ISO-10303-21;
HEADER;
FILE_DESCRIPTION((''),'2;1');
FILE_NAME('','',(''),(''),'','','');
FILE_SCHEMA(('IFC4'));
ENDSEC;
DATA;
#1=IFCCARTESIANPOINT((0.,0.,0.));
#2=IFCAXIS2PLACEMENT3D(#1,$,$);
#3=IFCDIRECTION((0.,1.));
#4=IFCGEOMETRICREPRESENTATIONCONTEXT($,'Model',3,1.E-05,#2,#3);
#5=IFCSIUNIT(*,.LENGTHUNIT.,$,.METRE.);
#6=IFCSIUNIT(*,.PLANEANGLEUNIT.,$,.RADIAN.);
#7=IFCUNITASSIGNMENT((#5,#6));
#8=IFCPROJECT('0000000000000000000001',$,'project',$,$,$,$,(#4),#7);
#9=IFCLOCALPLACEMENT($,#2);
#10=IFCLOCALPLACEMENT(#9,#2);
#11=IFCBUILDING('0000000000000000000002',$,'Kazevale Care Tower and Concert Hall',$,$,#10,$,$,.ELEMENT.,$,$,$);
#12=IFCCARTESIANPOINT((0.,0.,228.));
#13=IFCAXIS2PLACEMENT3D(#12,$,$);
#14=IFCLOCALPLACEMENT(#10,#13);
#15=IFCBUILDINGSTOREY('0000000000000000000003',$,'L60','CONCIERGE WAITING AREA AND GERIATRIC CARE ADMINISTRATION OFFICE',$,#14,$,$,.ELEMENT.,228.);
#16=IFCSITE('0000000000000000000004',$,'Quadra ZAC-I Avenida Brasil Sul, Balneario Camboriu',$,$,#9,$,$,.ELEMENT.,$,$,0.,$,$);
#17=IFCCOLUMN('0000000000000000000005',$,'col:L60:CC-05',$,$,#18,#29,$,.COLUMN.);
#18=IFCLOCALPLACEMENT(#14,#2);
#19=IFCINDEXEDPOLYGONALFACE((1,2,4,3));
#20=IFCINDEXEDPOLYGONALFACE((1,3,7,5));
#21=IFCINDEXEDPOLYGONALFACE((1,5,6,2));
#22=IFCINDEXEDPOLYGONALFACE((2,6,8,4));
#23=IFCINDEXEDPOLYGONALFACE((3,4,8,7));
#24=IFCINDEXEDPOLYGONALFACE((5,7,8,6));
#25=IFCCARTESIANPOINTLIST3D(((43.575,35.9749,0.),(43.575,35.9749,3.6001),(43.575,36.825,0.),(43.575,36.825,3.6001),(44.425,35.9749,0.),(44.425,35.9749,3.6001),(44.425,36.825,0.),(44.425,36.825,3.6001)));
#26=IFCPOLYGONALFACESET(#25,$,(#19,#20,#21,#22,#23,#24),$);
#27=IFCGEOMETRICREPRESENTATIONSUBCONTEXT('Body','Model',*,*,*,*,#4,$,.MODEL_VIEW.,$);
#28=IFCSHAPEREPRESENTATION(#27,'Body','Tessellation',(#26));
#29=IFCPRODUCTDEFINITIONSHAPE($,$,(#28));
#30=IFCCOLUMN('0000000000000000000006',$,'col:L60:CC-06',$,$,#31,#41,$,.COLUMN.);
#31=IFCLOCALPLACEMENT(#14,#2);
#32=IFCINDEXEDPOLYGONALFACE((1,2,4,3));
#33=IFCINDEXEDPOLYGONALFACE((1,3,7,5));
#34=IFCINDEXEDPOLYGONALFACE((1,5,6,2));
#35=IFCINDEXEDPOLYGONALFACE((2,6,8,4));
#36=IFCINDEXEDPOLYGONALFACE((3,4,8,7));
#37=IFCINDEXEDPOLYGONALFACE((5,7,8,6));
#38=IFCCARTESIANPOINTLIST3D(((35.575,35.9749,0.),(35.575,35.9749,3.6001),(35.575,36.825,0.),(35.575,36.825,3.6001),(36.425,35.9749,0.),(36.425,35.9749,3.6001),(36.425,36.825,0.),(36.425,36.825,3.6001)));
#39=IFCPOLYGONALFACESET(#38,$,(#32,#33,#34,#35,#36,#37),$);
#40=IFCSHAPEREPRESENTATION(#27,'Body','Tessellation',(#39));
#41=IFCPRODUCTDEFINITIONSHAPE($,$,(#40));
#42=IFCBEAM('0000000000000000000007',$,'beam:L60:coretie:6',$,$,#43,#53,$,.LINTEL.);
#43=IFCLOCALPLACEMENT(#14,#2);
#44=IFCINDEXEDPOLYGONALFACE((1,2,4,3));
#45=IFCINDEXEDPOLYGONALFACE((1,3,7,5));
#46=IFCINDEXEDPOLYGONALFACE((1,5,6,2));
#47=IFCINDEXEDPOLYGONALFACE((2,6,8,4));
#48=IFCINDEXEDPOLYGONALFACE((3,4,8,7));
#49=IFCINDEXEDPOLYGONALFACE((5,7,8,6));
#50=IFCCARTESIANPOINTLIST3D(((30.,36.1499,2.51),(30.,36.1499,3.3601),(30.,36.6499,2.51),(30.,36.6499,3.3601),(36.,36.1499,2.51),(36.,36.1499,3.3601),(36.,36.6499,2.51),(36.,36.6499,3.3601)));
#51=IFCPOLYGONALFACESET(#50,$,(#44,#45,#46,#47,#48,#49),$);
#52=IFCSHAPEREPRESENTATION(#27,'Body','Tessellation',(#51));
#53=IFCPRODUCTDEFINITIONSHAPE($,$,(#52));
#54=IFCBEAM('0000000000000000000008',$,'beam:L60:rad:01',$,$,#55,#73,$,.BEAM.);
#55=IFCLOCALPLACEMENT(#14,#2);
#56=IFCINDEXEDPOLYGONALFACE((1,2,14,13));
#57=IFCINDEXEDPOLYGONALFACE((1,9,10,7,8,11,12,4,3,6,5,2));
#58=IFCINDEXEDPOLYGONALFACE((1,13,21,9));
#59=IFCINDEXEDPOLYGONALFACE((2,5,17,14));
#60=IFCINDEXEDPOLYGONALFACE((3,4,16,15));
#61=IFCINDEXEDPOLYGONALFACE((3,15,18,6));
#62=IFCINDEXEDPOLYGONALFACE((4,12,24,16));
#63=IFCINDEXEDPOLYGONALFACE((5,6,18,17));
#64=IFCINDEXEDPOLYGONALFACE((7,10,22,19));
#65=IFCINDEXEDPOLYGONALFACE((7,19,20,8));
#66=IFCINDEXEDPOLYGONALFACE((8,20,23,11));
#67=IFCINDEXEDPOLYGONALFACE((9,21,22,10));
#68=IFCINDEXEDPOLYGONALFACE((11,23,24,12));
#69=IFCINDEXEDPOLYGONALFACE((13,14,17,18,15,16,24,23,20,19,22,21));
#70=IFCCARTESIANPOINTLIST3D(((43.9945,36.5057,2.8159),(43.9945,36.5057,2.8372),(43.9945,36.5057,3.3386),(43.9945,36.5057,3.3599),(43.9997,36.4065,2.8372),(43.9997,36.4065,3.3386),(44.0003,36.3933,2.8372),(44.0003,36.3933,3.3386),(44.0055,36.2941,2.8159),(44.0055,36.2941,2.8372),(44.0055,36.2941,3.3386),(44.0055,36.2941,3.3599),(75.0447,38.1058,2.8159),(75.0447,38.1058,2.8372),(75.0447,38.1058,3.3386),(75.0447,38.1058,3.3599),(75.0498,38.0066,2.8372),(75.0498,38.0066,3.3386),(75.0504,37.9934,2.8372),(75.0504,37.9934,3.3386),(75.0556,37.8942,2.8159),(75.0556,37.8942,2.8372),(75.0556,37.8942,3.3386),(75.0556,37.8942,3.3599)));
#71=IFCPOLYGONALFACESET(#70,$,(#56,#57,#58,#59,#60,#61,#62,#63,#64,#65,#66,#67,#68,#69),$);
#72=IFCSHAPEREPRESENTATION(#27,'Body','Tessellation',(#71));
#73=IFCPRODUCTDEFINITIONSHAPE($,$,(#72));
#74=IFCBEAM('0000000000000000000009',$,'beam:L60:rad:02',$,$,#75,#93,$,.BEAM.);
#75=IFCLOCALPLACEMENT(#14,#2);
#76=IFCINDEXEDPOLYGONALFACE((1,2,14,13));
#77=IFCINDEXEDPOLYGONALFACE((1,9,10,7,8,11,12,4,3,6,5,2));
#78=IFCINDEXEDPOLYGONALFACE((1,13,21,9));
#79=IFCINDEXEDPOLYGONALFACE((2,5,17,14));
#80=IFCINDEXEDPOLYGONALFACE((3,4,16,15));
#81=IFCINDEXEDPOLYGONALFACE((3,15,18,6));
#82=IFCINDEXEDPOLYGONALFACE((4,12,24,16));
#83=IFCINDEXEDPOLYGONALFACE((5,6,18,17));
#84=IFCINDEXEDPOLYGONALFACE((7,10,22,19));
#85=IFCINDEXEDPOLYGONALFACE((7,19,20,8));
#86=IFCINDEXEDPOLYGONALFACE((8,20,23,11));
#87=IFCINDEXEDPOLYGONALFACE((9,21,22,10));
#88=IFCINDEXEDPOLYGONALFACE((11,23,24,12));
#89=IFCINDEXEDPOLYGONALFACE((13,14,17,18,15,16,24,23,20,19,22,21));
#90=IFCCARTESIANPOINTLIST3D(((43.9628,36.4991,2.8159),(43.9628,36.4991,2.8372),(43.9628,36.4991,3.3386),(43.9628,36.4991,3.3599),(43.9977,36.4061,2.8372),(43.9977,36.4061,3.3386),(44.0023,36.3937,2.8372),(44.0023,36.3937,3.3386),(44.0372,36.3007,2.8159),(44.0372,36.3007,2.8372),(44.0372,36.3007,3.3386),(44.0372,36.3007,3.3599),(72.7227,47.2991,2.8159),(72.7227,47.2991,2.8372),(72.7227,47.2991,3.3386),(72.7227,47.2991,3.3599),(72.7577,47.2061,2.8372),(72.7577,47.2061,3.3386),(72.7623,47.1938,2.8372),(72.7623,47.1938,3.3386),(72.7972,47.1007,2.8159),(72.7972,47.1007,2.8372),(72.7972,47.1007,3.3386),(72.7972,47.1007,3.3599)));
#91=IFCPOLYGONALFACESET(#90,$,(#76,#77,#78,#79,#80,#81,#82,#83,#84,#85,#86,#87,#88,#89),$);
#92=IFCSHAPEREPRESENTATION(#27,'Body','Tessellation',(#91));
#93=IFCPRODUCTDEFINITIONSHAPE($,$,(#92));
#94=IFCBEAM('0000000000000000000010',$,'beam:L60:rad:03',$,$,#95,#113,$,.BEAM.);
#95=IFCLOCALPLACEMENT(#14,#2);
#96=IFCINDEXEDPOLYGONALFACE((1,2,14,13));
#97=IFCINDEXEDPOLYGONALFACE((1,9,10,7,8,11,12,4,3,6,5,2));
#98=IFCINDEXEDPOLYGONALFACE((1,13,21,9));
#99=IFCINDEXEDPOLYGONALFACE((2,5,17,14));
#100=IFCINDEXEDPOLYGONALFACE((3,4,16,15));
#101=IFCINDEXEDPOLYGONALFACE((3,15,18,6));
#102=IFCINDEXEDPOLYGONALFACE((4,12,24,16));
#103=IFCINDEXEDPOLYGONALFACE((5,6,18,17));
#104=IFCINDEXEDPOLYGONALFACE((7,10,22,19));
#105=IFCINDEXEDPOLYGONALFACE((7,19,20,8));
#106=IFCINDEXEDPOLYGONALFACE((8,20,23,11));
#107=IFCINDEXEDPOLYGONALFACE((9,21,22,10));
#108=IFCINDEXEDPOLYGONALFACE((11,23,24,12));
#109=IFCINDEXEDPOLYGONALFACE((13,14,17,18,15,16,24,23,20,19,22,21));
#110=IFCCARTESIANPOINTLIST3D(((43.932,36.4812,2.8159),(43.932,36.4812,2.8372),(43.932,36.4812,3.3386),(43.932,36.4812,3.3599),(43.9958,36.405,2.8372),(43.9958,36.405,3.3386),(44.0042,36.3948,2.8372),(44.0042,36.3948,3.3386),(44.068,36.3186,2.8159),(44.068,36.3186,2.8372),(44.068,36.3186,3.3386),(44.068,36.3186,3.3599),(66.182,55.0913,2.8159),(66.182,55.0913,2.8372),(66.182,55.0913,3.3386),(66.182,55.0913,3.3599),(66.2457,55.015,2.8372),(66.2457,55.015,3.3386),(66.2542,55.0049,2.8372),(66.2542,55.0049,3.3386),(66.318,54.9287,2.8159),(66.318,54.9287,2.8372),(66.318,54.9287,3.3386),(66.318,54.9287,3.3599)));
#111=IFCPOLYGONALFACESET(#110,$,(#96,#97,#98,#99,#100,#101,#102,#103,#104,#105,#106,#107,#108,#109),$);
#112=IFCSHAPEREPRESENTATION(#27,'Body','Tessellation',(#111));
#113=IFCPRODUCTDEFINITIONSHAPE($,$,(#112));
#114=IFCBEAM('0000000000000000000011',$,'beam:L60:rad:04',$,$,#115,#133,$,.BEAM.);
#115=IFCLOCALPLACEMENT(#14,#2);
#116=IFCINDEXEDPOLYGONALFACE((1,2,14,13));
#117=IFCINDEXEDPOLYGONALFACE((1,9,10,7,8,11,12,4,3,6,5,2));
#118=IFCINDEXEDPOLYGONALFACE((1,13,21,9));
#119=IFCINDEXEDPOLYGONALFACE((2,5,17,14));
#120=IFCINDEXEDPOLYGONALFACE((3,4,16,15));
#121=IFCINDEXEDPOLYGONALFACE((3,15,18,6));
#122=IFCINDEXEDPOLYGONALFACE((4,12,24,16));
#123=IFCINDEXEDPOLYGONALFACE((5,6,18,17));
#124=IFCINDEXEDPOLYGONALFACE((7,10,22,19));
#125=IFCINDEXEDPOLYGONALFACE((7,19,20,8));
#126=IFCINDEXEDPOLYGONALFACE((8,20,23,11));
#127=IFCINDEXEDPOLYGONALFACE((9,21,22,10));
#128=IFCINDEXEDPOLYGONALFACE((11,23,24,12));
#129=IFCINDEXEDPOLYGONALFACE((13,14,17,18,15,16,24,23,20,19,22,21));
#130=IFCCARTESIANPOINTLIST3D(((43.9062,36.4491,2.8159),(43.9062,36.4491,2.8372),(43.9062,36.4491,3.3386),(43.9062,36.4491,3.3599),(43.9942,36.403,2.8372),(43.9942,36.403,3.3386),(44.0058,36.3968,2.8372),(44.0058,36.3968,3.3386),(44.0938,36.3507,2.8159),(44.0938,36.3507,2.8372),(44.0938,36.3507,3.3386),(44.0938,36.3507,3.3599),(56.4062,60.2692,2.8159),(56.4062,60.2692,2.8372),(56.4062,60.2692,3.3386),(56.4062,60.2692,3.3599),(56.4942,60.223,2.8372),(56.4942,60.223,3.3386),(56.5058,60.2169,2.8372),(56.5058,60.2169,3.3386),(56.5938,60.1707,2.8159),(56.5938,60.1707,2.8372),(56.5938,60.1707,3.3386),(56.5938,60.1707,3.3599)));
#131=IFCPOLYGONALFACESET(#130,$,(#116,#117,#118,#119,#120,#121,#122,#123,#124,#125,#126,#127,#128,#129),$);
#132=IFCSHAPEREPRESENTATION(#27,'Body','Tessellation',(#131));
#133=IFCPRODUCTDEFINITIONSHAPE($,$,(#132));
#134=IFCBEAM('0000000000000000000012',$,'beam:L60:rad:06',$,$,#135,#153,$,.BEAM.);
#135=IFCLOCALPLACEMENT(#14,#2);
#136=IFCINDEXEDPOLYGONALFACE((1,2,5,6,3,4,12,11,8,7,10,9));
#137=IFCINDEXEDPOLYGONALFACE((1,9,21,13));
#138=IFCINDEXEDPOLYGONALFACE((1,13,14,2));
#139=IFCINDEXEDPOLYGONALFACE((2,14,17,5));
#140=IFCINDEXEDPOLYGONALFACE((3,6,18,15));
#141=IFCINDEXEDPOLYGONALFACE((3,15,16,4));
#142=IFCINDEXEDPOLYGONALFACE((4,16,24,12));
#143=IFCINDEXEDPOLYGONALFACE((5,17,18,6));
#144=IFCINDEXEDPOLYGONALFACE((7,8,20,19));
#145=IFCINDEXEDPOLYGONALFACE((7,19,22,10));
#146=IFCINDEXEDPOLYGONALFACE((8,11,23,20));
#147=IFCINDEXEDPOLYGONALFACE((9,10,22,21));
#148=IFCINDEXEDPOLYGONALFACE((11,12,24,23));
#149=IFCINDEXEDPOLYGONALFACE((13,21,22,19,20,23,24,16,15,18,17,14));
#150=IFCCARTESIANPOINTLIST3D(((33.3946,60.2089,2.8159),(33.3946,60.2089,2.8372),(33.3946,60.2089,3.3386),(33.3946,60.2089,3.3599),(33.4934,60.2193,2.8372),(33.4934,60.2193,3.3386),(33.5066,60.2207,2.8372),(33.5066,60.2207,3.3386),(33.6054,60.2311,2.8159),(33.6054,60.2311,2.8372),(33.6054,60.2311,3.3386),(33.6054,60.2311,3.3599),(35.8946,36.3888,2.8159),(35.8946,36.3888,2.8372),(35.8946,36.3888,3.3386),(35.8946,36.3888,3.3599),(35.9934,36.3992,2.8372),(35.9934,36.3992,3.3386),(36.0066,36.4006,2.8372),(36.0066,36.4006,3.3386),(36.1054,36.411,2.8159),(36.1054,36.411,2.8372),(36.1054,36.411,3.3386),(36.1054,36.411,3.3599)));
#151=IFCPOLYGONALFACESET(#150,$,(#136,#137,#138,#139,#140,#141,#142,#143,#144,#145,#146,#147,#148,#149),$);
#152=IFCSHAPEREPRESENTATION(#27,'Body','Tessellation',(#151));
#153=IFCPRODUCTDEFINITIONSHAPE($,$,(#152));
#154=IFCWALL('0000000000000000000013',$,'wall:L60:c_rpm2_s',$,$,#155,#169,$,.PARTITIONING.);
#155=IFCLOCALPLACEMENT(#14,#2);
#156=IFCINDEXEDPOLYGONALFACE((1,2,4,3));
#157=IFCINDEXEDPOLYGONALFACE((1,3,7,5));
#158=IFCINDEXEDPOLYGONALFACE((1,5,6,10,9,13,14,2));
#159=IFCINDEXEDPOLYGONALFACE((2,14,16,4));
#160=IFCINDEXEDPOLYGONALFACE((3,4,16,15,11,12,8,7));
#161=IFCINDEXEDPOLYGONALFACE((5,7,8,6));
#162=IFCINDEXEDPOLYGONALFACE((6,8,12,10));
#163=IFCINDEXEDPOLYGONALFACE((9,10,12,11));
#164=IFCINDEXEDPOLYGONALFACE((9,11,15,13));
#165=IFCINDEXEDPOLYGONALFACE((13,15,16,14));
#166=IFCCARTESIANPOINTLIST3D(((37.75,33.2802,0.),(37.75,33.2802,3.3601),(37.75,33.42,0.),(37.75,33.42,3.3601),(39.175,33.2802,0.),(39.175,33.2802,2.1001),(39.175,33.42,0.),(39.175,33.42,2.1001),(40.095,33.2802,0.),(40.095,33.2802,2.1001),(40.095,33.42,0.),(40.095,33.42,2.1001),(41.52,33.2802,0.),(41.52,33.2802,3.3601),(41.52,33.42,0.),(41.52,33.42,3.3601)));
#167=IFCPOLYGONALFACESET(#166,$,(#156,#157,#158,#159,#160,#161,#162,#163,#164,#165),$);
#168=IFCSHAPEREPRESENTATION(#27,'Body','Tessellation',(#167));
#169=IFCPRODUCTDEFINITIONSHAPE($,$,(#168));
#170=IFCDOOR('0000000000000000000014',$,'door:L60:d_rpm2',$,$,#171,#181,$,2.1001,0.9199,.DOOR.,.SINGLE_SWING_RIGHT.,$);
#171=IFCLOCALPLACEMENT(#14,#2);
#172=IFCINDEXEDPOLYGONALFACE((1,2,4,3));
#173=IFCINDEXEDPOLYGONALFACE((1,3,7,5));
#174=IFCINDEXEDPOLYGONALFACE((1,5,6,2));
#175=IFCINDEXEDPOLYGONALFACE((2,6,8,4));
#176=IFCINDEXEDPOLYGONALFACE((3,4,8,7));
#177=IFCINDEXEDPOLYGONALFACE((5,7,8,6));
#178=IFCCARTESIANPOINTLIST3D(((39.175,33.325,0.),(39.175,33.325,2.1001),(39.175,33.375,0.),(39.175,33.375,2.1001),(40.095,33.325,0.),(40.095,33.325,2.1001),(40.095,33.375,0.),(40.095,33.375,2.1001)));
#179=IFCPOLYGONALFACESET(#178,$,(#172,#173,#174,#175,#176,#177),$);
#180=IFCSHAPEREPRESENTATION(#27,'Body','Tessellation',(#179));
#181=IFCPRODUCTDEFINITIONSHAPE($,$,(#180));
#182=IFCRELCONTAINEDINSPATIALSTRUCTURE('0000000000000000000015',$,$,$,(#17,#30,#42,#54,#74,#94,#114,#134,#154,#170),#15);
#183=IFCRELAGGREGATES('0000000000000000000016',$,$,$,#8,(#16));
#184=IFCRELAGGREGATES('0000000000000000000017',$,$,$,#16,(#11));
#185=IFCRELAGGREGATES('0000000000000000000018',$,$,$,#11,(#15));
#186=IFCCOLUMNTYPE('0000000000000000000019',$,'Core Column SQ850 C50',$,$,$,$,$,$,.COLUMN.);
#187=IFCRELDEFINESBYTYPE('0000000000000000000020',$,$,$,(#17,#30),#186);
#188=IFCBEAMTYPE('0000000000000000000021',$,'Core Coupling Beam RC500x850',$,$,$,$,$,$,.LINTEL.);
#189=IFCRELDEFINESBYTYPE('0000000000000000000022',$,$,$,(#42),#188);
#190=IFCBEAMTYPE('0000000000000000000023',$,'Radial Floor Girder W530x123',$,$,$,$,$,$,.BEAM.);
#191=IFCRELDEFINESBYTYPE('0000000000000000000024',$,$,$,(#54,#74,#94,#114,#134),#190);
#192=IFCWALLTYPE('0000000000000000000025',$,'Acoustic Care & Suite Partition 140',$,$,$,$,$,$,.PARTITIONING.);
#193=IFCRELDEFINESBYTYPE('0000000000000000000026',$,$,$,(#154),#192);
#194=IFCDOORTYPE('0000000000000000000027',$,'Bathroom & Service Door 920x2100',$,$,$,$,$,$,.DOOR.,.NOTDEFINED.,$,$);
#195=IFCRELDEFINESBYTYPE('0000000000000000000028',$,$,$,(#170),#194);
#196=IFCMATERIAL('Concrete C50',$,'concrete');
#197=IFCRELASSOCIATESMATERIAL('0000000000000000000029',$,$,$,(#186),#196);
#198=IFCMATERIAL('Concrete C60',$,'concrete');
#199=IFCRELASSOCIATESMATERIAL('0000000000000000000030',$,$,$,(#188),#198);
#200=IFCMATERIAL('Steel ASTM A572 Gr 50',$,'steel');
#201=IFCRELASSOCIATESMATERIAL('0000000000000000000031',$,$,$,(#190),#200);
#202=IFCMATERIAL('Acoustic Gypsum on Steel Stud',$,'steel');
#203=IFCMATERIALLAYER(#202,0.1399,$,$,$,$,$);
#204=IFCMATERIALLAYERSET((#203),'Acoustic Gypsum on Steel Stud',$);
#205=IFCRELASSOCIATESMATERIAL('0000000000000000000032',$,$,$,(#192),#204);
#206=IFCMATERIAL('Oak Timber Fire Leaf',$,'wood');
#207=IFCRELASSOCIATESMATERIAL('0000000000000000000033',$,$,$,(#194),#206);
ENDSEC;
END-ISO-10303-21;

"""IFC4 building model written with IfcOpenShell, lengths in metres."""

from ifc_helpers import new_model, si_unit, direction, frame, frame_2d, origin, origin_2d, place, context, subcontext, project, spatial, rectangle, i_section, extrude, material, layer, layer_set, material_profile, profile_set, type_object, element, fill, save


model = new_model("IFC4")

# Units and contexts
model_context = context("Model", 3, precision=1e-05, world=origin(), true_north=direction((0.0, 1.0)))
body_context = subcontext(model_context, "Body", "Model", "MODEL_VIEW")
ifc_project = project(units=[si_unit("LENGTHUNIT", "METRE"), si_unit("PLANEANGLEUNIT", "RADIAN")], contexts=[model_context])

# Site, building, storey
site_placement = place(None, origin())
site = spatial("IfcSite", under=ifc_project, at=site_placement, Name="Quadra ZAC-I Avenida Brasil Sul, Balneario Camboriu", CompositionType="ELEMENT", RefElevation=0.0)
building_placement = place(site_placement, origin())
building = spatial("IfcBuilding", under=site, at=building_placement, Name="Kazevale Care Tower and Concert Hall", CompositionType="ELEMENT")
storey_placement = place(building_placement, frame((0.0, 0.0, 228.0)))
storey = spatial("IfcBuildingStorey", under=building, at=storey_placement, Name="L60", Description="CONCIERGE WAITING AREA AND GERIATRIC CARE ADMINISTRATION OFFICE", CompositionType="ELEMENT", Elevation=228.0)

# Columns
ifc_material_1 = material(Name="Concrete C50", Category="concrete")
ifc_material_profile_1 = material_profile(ifc_material_1, rectangle(XDim=0.8501, YDim=0.8501, at=origin_2d()), Name="RC-SQ850")
ifc_profile_set_1 = profile_set([ifc_material_profile_1], Name="Concrete C50")
column_type = type_object("IfcColumnType", Name="Core Column SQ850 C50", PredefinedType="COLUMN", material=ifc_profile_set_1)
for number, where, z_axis, x_axis, name in (
    (1, (44.0, 36.3999, 0.0), (0.0, 0.0, 1.0), (1.0, 0.0, 0.0), "col:L60:CC-05"),
    (2, (36.0, 36.3999, 0.0), (0.0, 0.0, 1.0), (1.0, 0.0, 0.0), "col:L60:CC-06"),
):
    element("IfcColumn", number, at=place(storey_placement, frame(where, z_axis=z_axis, x_axis=x_axis)), inside=storey, type_object=column_type, Name=name, PredefinedType="COLUMN", context=body_context, shape_type="SweptSolid", body=[
        extrude(rectangle(XDim=0.8501, YDim=0.8501, at=origin_2d()), origin(), (0.0, 0.0, 1.0), 3.6001),
    ])

# Beams
ifc_material_2 = material(Name="Concrete C60", Category="concrete")
ifc_material_profile_2 = material_profile(ifc_material_2, rectangle(XDim=0.5, YDim=0.8501, at=origin_2d()), Name="RC-B500x850")
ifc_profile_set_2 = profile_set([ifc_material_profile_2], Name="Concrete C60")
beam_type_1 = type_object("IfcBeamType", Name="Core Coupling Beam RC500x850", PredefinedType="LINTEL", material=ifc_profile_set_2)
beam_1_placement = place(storey_placement, frame((36.0, 36.3999, 2.9351), z_axis=(-1.0, 0.0, 0.0), x_axis=(0.0, -1.0, 0.0)))
element("IfcBeam", 3, at=beam_1_placement, inside=storey, type_object=beam_type_1, Name="beam:L60:coretie:6", PredefinedType="LINTEL", context=body_context, shape_type="SweptSolid", body=[
    extrude(rectangle(XDim=0.5, YDim=0.8501, at=origin_2d()), origin(), (0.0, 0.0, 1.0), 6.0),
])
ifc_material_3 = material(Name="Steel ASTM A572 Gr 50", Category="steel")
ifc_material_profile_3 = material_profile(ifc_material_3, i_section(OverallWidth=0.2119, OverallDepth=0.5439, WebThickness=0.0132, FlangeThickness=0.0212, at=origin_2d()), Name="W530x123")
ifc_profile_set_3 = profile_set([ifc_material_profile_3], Name="Steel ASTM A572 Gr 50")
beam_type_2 = type_object("IfcBeamType", Name="Radial Floor Girder W530x123", PredefinedType="BEAM", material=ifc_profile_set_3)
beam_2_placement = place(storey_placement, frame((44.0, 36.3999, 3.0879), z_axis=(0.998675, 0.051465, 0.0), x_axis=(-0.051465, 0.998675, 0.0)))
element("IfcBeam", 4, at=beam_2_placement, inside=storey, type_object=beam_type_2, Name="beam:L60:rad:01", PredefinedType="BEAM", context=body_context, shape_type="SweptSolid", body=[
    extrude(i_section(OverallWidth=0.2119, OverallDepth=0.5439, WebThickness=0.0132, FlangeThickness=0.0212, at=origin_2d()), origin(), (0.0, 0.0, 1.0), 31.0913),
])
beam_3_placement = place(storey_placement, frame((44.0, 36.3999, 3.0879), z_axis=(0.936168, 0.351553, 0.0), x_axis=(-0.351553, 0.936168, 0.0)))
element("IfcBeam", 5, at=beam_3_placement, inside=storey, type_object=beam_type_2, Name="beam:L60:rad:02", PredefinedType="BEAM", context=body_context, shape_type="SweptSolid", body=[
    extrude(i_section(OverallWidth=0.2119, OverallDepth=0.5439, WebThickness=0.0132, FlangeThickness=0.0212, at=origin_2d()), origin(), (0.0, 0.0, 1.0), 30.7209),
])
beam_4_placement = place(storey_placement, frame((44.0, 36.3999, 3.0879), z_axis=(0.76706, 0.641576, 0.0), x_axis=(-0.641576, 0.76706, 0.0)))
element("IfcBeam", 6, at=beam_4_placement, inside=storey, type_object=beam_type_2, Name="beam:L60:rad:03", PredefinedType="BEAM", context=body_context, shape_type="SweptSolid", body=[
    extrude(i_section(OverallWidth=0.2119, OverallDepth=0.5439, WebThickness=0.0132, FlangeThickness=0.0212, at=origin_2d()), origin(), (0.0, 0.0, 1.0), 29.0068),
])
beam_5_placement = place(storey_placement, frame((44.0, 36.3999, 3.0879), z_axis=(0.464673, 0.885483, 0.0), x_axis=(-0.885483, 0.464673, 0.0)))
element("IfcBeam", 7, at=beam_5_placement, inside=storey, type_object=beam_type_2, Name="beam:L60:rad:04", PredefinedType="BEAM", context=body_context, shape_type="SweptSolid", body=[
    extrude(i_section(OverallWidth=0.2119, OverallDepth=0.5439, WebThickness=0.0132, FlangeThickness=0.0212, at=origin_2d()), origin(), (0.0, 0.0, 1.0), 26.9006),
])
beam_6_placement = place(storey_placement, frame((36.0, 36.3999, 3.0879), z_axis=(-0.10438, 0.994537, 0.0), x_axis=(-0.994537, -0.10438, 0.0)))
element("IfcBeam", 8, at=beam_6_placement, inside=storey, type_object=beam_type_2, Name="beam:L60:rad:06", PredefinedType="BEAM", context=body_context, shape_type="SweptSolid", body=[
    extrude(i_section(OverallWidth=0.2119, OverallDepth=0.5439, WebThickness=0.0132, FlangeThickness=0.0212, at=origin_2d()), origin(), (0.0, 0.0, 1.0), 23.9509),
])

# Wall, opening, door
ifc_material_4 = material(Name="Acoustic Gypsum on Steel Stud", Category="steel")
ifc_layer_1 = layer(ifc_material_4, 0.1399)
ifc_layer_set_1 = layer_set([ifc_layer_1], Name="Acoustic Gypsum on Steel Stud")
wall_type_1 = type_object("IfcWallType", Name="Acoustic Care & Suite Partition 140", PredefinedType="PARTITIONING", material=ifc_layer_set_1)
wall_1_placement = place(storey_placement, frame((37.75, 33.3501, 0.0), z_axis=(0.0, 0.0, 1.0), x_axis=(1.0, 0.0, 0.0)))
wall_1 = element("IfcWall", 9, at=wall_1_placement, inside=storey, type_object=wall_type_1, Name="wall:L60:c_rpm2_s", PredefinedType="PARTITIONING", context=body_context, shape_type="SweptSolid", body=[
    extrude(rectangle(XDim=3.77, YDim=0.1399, at=frame_2d((1.885, 0.0))), origin(), (0.0, 0.0, 1.0), 3.3601),
])
opening_1_placement = place(wall_1_placement, frame((1.425, 0.0, 0.0)))
opening_1 = element("IfcOpeningElement", 10, at=opening_1_placement, cuts=wall_1, PredefinedType="OPENING", context=body_context, shape_type="SweptSolid", body=[
    extrude(rectangle(XDim=0.9199, YDim=2.1001, at=frame_2d((0.46, 1.05))), frame((0.0, 0.0798, 0.0), z_axis=(0.0, -1.0, 0.0), x_axis=(1.0, 0.0, 0.0)), (0.0, 0.0, 1.0), 0.1599),
])
ifc_material_5 = material(Name="Oak Timber Fire Leaf", Category="wood")
door_type = type_object("IfcDoorType", Name="Bathroom & Service Door 920x2100", OperationType="NOTDEFINED", PredefinedType="DOOR", material=ifc_material_5)
door_1_placement = place(opening_1_placement, origin())
door_1 = element("IfcDoor", 11, at=door_1_placement, inside=storey, type_object=door_type, Name="door:L60:d_rpm2", OperationType="SINGLE_SWING_RIGHT", OverallHeight=2.1001, OverallWidth=0.9199, PredefinedType="DOOR", context=body_context, shape_type="SweptSolid", body=[
    extrude(rectangle(XDim=0.9199, YDim=2.1001, at=frame_2d((0.46, 1.05))), frame((0.0, 0.0249, 0.0), z_axis=(0.0, -1.0, 0.0), x_axis=(1.0, 0.0, 0.0)), (0.0, 0.0, 1.0), 0.05),
])
fill(opening_1, door_1)

save(model, "model.ifc")
